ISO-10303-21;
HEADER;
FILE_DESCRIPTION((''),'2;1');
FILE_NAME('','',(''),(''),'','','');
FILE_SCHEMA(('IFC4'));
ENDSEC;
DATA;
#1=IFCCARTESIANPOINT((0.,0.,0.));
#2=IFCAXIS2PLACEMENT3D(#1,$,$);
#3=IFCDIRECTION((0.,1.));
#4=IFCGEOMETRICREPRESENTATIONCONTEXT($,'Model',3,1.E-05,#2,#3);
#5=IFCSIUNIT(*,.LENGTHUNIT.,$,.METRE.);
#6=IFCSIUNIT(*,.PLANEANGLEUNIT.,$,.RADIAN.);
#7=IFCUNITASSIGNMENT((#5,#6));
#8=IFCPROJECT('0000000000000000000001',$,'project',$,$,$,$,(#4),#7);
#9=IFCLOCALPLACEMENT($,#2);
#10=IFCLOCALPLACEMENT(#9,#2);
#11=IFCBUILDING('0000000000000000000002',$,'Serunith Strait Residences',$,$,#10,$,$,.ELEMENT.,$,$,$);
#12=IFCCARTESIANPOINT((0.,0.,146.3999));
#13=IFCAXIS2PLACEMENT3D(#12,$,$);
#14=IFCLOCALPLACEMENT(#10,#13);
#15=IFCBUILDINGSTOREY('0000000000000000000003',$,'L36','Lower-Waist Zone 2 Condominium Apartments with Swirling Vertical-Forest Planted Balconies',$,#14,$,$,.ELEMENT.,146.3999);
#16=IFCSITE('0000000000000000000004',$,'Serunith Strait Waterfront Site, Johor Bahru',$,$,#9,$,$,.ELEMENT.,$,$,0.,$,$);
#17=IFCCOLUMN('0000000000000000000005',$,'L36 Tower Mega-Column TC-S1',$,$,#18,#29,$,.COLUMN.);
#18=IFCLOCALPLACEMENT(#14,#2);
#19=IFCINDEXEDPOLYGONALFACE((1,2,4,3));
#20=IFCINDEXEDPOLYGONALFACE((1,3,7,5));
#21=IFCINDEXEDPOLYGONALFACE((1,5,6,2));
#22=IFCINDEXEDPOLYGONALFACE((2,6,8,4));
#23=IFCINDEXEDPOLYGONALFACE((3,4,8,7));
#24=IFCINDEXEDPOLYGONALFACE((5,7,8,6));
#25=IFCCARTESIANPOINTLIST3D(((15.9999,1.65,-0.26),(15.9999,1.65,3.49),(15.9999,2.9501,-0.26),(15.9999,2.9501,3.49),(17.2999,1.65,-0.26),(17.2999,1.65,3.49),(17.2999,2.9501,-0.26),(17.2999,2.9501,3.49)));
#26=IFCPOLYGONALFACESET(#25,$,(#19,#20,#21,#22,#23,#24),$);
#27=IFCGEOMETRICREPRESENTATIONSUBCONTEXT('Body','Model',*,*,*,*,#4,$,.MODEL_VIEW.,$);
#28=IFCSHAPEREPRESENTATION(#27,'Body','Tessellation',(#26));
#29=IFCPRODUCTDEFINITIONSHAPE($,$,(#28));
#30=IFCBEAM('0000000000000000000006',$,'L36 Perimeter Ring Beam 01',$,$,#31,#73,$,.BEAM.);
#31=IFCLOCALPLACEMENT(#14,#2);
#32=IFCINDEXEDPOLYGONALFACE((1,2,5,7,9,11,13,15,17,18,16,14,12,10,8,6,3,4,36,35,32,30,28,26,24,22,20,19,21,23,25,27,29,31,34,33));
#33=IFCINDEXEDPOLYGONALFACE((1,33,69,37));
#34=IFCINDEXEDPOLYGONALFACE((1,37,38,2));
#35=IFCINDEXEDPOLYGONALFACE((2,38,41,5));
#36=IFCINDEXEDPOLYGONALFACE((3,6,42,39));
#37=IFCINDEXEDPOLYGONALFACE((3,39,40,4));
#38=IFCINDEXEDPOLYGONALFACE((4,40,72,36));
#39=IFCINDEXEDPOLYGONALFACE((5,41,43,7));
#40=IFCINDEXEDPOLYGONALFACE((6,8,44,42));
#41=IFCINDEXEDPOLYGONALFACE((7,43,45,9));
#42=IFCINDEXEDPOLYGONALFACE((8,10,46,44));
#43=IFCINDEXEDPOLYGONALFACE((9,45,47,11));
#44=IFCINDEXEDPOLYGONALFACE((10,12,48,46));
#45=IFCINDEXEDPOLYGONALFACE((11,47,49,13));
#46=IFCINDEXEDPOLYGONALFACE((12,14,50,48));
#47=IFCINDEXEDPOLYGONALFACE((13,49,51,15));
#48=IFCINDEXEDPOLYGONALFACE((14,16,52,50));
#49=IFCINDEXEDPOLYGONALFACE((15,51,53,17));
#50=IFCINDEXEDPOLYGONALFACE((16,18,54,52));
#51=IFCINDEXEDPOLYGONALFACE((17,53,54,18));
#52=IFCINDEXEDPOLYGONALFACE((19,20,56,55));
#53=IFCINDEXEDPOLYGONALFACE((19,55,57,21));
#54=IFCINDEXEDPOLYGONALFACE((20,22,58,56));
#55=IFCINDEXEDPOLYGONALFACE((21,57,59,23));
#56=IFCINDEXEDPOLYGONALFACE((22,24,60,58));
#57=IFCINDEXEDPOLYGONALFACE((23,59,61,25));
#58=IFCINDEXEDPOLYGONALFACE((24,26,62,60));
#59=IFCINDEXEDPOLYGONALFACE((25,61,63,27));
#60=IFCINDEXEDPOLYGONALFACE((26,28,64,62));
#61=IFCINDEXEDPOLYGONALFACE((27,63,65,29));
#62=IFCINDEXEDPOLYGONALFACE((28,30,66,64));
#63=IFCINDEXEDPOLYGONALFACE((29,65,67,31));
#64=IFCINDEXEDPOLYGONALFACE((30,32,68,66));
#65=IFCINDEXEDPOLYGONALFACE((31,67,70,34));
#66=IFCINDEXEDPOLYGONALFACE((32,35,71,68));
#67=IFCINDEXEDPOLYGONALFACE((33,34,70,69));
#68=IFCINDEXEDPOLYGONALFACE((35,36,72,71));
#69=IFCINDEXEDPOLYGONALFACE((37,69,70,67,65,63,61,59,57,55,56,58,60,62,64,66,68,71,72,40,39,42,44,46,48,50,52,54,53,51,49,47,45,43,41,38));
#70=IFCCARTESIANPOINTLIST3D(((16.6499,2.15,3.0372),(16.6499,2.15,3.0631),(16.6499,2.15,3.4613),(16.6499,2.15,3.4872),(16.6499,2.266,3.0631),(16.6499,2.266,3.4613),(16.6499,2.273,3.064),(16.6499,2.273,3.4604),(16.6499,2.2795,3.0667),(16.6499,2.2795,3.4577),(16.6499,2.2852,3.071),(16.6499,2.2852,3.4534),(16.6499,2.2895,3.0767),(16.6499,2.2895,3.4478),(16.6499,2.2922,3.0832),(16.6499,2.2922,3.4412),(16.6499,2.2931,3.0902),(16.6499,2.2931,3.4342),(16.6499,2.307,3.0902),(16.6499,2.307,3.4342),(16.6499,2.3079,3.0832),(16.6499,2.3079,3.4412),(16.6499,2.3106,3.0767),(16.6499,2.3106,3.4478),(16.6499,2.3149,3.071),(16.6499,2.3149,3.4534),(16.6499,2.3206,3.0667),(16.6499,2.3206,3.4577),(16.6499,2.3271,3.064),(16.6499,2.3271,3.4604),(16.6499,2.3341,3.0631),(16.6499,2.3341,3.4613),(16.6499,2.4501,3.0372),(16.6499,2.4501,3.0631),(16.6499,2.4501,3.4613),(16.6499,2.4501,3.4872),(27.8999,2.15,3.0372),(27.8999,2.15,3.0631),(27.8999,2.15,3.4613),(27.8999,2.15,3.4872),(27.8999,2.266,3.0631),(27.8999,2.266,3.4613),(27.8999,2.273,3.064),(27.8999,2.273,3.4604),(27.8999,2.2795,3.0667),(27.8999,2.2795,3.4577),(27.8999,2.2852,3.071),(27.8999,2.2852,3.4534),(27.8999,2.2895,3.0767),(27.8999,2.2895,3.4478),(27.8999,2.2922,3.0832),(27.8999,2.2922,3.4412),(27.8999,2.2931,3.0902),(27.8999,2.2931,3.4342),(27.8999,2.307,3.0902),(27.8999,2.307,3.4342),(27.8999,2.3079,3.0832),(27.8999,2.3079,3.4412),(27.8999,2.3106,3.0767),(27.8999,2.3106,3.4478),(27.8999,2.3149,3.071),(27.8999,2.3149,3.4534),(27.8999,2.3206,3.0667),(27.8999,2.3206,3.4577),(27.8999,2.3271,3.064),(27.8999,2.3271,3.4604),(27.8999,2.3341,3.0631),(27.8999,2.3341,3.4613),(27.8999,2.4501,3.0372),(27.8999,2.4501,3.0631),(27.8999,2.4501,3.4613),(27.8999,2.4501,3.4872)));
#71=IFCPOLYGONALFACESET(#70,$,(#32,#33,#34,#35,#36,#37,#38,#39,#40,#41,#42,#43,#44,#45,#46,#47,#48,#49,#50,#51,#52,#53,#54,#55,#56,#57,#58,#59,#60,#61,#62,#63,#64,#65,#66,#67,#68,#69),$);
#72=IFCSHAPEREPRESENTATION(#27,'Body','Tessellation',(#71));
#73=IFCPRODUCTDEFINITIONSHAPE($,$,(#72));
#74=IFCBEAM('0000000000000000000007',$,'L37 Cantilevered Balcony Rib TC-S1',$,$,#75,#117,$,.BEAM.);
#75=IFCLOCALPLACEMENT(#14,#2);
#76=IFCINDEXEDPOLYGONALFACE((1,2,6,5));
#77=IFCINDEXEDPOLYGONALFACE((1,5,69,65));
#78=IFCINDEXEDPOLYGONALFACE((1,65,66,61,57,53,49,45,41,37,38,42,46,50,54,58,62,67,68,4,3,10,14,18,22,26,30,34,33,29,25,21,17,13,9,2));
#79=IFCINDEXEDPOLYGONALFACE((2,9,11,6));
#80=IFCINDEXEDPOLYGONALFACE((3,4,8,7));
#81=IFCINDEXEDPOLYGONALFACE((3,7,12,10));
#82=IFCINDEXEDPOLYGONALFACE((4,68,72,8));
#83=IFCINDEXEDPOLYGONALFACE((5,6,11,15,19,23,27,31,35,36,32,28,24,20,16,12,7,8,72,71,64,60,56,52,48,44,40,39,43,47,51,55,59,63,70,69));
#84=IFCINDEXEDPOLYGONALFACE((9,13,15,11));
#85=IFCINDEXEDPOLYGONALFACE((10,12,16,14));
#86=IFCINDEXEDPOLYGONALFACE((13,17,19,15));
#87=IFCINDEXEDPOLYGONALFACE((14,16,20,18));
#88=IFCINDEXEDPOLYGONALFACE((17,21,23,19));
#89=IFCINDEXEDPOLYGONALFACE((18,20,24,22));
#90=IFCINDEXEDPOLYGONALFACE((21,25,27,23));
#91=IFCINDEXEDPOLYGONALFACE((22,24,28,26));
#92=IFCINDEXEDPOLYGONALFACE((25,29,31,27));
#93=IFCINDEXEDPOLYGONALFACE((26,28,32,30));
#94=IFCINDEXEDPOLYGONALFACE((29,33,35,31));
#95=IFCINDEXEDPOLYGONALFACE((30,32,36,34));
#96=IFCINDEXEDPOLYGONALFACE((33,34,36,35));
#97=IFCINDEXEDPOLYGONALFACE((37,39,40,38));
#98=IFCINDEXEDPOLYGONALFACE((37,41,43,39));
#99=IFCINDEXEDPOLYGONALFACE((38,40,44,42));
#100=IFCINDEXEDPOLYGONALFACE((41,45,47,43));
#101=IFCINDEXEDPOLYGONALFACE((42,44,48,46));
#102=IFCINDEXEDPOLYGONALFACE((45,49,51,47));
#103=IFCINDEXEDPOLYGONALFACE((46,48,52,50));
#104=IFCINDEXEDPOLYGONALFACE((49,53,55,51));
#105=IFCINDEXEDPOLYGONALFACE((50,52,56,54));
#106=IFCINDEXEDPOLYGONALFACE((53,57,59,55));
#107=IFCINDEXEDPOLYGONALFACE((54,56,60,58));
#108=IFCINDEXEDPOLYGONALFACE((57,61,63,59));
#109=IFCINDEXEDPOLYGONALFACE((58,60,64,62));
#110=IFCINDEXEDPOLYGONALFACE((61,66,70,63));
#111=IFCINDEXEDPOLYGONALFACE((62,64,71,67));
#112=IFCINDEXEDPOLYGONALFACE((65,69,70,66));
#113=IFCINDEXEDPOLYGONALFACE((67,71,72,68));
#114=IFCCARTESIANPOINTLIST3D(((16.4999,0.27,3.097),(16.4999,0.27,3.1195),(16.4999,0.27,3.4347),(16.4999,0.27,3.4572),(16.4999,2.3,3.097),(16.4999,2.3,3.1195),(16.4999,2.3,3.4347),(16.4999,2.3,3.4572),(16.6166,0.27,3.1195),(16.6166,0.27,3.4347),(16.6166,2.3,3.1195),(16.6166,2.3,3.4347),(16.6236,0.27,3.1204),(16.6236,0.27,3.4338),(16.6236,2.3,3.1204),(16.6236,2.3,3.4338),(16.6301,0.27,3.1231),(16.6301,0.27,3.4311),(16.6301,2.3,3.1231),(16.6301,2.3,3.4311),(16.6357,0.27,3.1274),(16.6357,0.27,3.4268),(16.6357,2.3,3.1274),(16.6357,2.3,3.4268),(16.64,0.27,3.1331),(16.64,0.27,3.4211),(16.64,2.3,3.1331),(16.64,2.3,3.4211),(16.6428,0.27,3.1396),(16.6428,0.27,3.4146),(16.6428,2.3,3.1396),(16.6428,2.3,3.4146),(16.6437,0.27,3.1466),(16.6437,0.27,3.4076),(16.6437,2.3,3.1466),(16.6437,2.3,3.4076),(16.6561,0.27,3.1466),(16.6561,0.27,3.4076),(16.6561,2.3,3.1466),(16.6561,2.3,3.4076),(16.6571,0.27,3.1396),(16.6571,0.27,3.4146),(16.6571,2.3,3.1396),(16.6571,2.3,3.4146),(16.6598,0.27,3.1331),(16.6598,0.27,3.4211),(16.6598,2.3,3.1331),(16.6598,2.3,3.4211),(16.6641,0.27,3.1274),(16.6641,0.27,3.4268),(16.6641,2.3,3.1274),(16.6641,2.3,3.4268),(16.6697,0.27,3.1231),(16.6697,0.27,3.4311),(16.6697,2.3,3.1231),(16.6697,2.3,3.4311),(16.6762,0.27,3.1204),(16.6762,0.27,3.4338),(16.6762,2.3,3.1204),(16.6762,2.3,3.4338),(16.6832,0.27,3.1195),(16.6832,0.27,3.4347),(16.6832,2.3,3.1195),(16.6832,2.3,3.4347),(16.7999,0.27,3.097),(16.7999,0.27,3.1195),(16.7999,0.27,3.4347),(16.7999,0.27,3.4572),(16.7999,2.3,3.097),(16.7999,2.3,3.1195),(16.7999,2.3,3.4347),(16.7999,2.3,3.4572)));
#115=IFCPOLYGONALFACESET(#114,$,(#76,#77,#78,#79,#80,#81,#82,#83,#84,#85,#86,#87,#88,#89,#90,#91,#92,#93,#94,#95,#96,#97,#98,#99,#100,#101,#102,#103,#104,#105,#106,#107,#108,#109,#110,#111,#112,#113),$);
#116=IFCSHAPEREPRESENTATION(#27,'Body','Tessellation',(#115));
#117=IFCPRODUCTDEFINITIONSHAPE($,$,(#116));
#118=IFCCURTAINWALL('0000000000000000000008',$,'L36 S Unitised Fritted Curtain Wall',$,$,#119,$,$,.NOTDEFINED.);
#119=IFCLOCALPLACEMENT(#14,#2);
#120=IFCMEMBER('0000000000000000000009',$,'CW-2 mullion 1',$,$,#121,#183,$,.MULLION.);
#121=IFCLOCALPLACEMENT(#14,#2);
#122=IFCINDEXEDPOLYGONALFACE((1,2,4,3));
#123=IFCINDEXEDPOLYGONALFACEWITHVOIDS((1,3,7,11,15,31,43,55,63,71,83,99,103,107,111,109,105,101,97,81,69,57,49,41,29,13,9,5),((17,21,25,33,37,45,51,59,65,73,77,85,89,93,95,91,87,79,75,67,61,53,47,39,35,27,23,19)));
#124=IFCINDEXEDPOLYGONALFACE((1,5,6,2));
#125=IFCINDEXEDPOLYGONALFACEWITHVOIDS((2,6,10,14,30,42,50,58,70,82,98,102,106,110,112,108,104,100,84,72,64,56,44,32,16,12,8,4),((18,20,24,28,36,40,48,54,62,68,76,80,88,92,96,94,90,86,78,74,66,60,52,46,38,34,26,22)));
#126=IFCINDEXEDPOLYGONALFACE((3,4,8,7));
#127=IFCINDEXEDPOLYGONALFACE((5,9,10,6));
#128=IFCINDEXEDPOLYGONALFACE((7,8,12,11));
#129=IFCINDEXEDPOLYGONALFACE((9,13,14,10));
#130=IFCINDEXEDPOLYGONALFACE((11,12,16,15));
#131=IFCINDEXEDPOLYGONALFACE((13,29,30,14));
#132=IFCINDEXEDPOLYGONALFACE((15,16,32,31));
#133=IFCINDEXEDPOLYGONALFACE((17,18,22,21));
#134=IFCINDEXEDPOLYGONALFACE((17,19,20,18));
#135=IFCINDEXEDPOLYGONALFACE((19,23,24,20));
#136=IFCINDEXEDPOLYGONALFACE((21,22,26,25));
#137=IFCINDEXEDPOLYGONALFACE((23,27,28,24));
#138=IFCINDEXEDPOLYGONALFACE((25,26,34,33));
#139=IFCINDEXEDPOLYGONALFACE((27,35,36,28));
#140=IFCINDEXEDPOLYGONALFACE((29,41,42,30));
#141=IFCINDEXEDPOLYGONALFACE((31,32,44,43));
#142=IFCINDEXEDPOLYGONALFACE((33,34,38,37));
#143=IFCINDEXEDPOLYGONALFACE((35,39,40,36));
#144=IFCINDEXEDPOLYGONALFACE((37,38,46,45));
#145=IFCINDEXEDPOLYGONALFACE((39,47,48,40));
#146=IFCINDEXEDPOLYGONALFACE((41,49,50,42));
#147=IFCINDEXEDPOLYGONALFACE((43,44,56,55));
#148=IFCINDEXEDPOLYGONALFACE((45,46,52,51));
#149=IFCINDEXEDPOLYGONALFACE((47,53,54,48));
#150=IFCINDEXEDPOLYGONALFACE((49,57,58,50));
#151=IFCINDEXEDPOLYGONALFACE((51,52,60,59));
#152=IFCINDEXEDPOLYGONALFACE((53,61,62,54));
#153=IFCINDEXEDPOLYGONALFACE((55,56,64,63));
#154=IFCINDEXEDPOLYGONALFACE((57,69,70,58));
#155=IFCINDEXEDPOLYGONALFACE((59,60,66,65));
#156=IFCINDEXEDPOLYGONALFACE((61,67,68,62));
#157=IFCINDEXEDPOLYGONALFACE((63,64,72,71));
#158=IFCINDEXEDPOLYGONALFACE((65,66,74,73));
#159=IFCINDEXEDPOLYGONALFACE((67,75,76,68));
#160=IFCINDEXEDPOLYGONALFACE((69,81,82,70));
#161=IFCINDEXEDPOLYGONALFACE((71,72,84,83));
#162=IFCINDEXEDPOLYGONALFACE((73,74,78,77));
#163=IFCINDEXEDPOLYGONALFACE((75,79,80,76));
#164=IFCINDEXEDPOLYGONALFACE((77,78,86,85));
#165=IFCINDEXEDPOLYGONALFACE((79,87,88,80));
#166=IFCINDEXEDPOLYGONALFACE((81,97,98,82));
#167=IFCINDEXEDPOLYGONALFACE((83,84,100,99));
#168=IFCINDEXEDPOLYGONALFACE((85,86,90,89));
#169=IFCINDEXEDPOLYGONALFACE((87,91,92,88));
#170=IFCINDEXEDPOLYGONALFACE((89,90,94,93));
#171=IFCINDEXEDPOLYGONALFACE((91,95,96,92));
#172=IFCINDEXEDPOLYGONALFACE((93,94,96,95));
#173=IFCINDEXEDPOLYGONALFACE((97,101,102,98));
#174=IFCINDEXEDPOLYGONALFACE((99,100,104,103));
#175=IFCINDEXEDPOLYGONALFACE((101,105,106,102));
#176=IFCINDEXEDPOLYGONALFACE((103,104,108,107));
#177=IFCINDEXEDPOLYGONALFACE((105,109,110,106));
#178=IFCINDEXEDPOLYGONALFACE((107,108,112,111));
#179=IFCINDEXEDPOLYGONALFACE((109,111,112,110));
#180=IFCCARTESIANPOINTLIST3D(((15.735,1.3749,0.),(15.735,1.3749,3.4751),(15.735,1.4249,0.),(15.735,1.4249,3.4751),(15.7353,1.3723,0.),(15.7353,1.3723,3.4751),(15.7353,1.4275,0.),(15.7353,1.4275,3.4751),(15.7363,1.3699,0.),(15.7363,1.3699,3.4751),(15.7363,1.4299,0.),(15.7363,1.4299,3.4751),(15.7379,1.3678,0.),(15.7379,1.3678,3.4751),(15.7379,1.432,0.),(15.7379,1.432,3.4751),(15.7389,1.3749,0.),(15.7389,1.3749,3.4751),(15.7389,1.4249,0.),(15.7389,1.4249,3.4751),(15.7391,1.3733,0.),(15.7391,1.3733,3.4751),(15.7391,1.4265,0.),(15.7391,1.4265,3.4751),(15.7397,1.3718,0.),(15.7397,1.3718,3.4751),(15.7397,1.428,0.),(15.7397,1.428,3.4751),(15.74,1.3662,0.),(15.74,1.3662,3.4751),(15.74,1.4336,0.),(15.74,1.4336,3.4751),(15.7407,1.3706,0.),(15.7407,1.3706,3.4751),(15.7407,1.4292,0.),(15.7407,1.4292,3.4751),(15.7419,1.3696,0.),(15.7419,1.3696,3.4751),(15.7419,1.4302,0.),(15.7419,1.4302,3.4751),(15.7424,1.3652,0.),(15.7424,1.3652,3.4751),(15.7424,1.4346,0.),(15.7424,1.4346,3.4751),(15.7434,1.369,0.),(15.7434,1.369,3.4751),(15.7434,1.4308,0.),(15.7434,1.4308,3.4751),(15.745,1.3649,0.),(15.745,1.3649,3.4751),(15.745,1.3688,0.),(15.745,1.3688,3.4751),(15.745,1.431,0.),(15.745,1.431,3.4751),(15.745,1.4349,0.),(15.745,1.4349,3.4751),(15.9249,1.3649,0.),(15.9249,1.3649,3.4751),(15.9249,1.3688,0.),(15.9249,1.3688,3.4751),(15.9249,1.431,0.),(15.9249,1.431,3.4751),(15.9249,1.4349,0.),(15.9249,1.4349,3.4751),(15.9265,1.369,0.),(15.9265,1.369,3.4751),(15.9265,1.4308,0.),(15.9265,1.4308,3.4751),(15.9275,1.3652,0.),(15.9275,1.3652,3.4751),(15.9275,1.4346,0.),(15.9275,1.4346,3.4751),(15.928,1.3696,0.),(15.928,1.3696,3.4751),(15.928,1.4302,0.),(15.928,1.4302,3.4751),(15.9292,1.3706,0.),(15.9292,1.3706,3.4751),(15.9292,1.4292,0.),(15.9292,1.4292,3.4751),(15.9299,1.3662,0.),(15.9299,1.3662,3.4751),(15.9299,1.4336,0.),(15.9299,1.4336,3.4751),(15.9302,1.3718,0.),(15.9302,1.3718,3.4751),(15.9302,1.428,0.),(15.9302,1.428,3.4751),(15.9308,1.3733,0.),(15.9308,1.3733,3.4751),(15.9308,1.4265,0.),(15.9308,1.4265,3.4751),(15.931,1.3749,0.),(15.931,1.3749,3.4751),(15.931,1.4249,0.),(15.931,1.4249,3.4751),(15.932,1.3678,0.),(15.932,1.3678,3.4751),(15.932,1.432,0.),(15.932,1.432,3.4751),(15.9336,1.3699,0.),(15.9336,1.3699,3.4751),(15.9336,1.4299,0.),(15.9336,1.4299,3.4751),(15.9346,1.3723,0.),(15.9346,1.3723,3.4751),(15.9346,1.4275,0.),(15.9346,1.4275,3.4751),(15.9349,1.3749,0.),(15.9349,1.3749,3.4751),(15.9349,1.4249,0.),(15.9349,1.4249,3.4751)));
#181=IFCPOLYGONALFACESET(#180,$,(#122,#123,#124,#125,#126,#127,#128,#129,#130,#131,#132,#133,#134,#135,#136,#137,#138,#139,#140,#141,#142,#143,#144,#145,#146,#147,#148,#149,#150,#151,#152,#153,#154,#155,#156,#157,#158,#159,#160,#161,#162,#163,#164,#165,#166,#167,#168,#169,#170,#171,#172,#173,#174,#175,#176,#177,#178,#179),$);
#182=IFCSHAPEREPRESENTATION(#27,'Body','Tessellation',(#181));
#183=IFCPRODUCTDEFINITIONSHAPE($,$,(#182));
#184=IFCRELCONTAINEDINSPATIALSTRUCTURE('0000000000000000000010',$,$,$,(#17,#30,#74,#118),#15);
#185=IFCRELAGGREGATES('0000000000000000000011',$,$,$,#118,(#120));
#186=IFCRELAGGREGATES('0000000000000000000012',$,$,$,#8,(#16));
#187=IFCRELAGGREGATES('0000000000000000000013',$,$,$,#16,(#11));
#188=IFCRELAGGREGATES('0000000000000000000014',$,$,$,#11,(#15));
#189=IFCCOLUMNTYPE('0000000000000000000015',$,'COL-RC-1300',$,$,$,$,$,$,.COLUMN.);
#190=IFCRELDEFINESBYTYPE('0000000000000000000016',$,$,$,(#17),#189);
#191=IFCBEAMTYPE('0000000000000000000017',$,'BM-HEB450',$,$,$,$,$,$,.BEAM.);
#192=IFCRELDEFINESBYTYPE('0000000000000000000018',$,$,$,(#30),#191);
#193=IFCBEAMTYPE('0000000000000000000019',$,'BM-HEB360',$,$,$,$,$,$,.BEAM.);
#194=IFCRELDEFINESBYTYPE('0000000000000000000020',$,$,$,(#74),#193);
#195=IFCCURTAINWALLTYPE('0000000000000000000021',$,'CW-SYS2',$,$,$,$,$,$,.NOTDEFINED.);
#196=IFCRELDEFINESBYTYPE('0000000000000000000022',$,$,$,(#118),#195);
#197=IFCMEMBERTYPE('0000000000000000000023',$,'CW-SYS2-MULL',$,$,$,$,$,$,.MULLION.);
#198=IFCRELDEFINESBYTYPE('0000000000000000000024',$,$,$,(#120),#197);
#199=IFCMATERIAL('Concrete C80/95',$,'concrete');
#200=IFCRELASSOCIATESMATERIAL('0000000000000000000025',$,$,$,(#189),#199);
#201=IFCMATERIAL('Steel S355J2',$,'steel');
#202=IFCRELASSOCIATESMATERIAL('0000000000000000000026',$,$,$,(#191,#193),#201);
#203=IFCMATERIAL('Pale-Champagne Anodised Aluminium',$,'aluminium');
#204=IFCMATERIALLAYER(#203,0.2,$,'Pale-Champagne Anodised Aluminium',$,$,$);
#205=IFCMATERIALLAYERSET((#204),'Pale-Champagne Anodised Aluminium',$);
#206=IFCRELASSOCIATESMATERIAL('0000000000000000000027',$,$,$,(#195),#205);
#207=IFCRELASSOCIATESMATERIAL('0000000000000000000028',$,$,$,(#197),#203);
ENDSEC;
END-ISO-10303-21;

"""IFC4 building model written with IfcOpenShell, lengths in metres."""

from ifc_helpers import new_model, si_unit, direction, frame, origin, origin_2d, place, context, subcontext, project, spatial, rectangle, hollow_rectangle, i_section, extrude, source, transform, mapped, material, layer, layer_set, material_profile, profile_set, type_object, element, aggregate, save


model = new_model("IFC4")

# Units and contexts
model_context = context("Model", 3, precision=1e-05, world=origin(), true_north=direction((0.0, 1.0)))
body_context = subcontext(model_context, "Body", "Model", "MODEL_VIEW")
ifc_project = project(units=[si_unit("LENGTHUNIT", "METRE"), si_unit("PLANEANGLEUNIT", "RADIAN")], contexts=[model_context])

# Site, building, storey
site_placement = place(None, origin())
site = spatial("IfcSite", under=ifc_project, at=site_placement, Name="Serunith Strait Waterfront Site, Johor Bahru", CompositionType="ELEMENT", RefElevation=0.0)
building_placement = place(site_placement, origin())
building = spatial("IfcBuilding", under=site, at=building_placement, Name="Serunith Strait Residences", CompositionType="ELEMENT")
storey_placement = place(building_placement, frame((0.0, 0.0, 146.3999)))
storey = spatial("IfcBuildingStorey", under=building, at=storey_placement, Name="L36", Description="Lower-Waist Zone 2 Condominium Apartments with Swirling Vertical-Forest Planted Balconies", CompositionType="ELEMENT", Elevation=146.3999)

# Column
ifc_material_1 = material(Name="Concrete C80/95", Category="concrete")
ifc_material_profile_1 = material_profile(ifc_material_1, rectangle(XDim=1.3, YDim=1.3, at=origin_2d()), Name="RC 1300x1300")
ifc_profile_set_1 = profile_set([ifc_material_profile_1], Name="Concrete C80/95")
column_type = type_object("IfcColumnType", Name="COL-RC-1300", PredefinedType="COLUMN", material=ifc_profile_set_1)
shared_shape_1 = source(origin(), body_context, "Body", "SweptSolid", [
    extrude(rectangle(XDim=1.3, YDim=1.3, at=origin_2d()), origin(), (0.0, 0.0, 1.0), 3.75),
])
column_placement = place(storey_placement, frame((16.6499, 2.3, -0.26), z_axis=(0.0, 0.0, 1.0), x_axis=(1.0, 0.0, 0.0)))
element("IfcColumn", 1, at=column_placement, inside=storey, type_object=column_type, Name="L36 Tower Mega-Column TC-S1", PredefinedType="COLUMN", context=body_context, shape_type="MappedRepresentation", body=[
    mapped(shared_shape_1, transform((0.0, 0.0, 0.0), scale=1.0)),
])

# Beams
ifc_material_2 = material(Name="Steel S355J2", Category="steel")
ifc_material_profile_2 = material_profile(ifc_material_2, i_section(OverallWidth=0.3, OverallDepth=0.45, WebThickness=0.0139, FlangeThickness=0.0259, FilletRadius=0.0271, at=origin_2d()), Name="HEB 450")
ifc_profile_set_2 = profile_set([ifc_material_profile_2], Name="Steel S355J2")
beam_type_1 = type_object("IfcBeamType", Name="BM-HEB450", PredefinedType="BEAM", material=ifc_profile_set_2)
shared_shape_2 = source(origin(), body_context, "Body", "SweptSolid", [
    extrude(i_section(OverallWidth=0.3, OverallDepth=0.45, WebThickness=0.0139, FlangeThickness=0.0259, FilletRadius=0.0271, at=origin_2d()), origin(), (0.0, 0.0, 1.0), 11.25),
])
beam_1_placement = place(storey_placement, frame((16.6499, 2.3, 3.2622), z_axis=(1.0, 0.0, 0.0), x_axis=(0.0, 1.0, 0.0)))
element("IfcBeam", 2, at=beam_1_placement, inside=storey, type_object=beam_type_1, Name="L36 Perimeter Ring Beam 01", PredefinedType="BEAM", context=body_context, shape_type="MappedRepresentation", body=[
    mapped(shared_shape_2, transform((0.0, 0.0, 0.0), scale=1.0)),
])
ifc_material_profile_3 = material_profile(ifc_material_2, i_section(OverallWidth=0.3, OverallDepth=0.3601, WebThickness=0.0125, FlangeThickness=0.0225, FilletRadius=0.0271, at=origin_2d()), Name="HEB 360")
ifc_profile_set_3 = profile_set([ifc_material_profile_3], Name="Steel S355J2")
beam_type_2 = type_object("IfcBeamType", Name="BM-HEB360", PredefinedType="BEAM", material=ifc_profile_set_3)
shared_shape_3 = source(origin(), body_context, "Body", "SweptSolid", [
    extrude(i_section(OverallWidth=0.3, OverallDepth=0.3601, WebThickness=0.0125, FlangeThickness=0.0225, FilletRadius=0.0271, at=origin_2d()), origin(), (0.0, 0.0, 1.0), 2.03),
])
beam_2_placement = place(storey_placement, frame((16.6499, 2.3, 3.2771), z_axis=(0.0, -1.0, 0.0), x_axis=(1.0, 0.0, 0.0)))
element("IfcBeam", 3, at=beam_2_placement, inside=storey, type_object=beam_type_2, Name="L37 Cantilevered Balcony Rib TC-S1", PredefinedType="BEAM", context=body_context, shape_type="MappedRepresentation", body=[
    mapped(shared_shape_3, transform((0.0, 0.0, 0.0), scale=1.0)),
])

# Curtain wall, member
ifc_material_3 = material(Name="Pale-Champagne Anodised Aluminium", Category="aluminium")
ifc_layer_1 = layer(ifc_material_3, 0.2, Name="Pale-Champagne Anodised Aluminium")
ifc_layer_set_1 = layer_set([ifc_layer_1], Name="Pale-Champagne Anodised Aluminium")
curtain_wall_type = type_object("IfcCurtainWallType", Name="CW-SYS2", PredefinedType="NOTDEFINED", material=ifc_layer_set_1)
curtain_wall_placement = place(storey_placement, origin())
curtain_wall = element("IfcCurtainWall", 4, at=curtain_wall_placement, inside=storey, type_object=curtain_wall_type, Name="L36 S Unitised Fritted Curtain Wall", PredefinedType="NOTDEFINED")
ifc_material_profile_4 = material_profile(ifc_material_3, hollow_rectangle(XDim=0.0701, YDim=0.2, WallThickness=0.0039, InnerFilletRadius=0.0061, OuterFilletRadius=0.01, at=origin_2d()), Name="ALU 200x70x4")
ifc_profile_set_4 = profile_set([ifc_material_profile_4], Name="Pale-Champagne Anodised Aluminium")
member_type_1 = type_object("IfcMemberType", Name="CW-SYS2-MULL", PredefinedType="MULLION", material=ifc_profile_set_4)
shared_shape_4 = source(origin(), body_context, "Body", "SweptSolid", [
    extrude(hollow_rectangle(XDim=0.0701, YDim=0.2, WallThickness=0.0039, InnerFilletRadius=0.0061, OuterFilletRadius=0.01, at=origin_2d()), origin(), (0.0, 0.0, 1.0), 3.4751),
])
member_1_placement = place(storey_placement, frame((15.835, 1.3999, 0.0), z_axis=(0.0, 0.0, 1.0), x_axis=(0.0, 1.0, 0.0)))
member_1 = element("IfcMember", 5, at=member_1_placement, type_object=member_type_1, Name="CW-2 mullion 1", PredefinedType="MULLION", context=body_context, shape_type="MappedRepresentation", body=[
    mapped(shared_shape_4, transform((0.0, 0.0, 0.0), scale=1.0)),
])
aggregate(curtain_wall, [member_1])

save(model, "model.ifc")
